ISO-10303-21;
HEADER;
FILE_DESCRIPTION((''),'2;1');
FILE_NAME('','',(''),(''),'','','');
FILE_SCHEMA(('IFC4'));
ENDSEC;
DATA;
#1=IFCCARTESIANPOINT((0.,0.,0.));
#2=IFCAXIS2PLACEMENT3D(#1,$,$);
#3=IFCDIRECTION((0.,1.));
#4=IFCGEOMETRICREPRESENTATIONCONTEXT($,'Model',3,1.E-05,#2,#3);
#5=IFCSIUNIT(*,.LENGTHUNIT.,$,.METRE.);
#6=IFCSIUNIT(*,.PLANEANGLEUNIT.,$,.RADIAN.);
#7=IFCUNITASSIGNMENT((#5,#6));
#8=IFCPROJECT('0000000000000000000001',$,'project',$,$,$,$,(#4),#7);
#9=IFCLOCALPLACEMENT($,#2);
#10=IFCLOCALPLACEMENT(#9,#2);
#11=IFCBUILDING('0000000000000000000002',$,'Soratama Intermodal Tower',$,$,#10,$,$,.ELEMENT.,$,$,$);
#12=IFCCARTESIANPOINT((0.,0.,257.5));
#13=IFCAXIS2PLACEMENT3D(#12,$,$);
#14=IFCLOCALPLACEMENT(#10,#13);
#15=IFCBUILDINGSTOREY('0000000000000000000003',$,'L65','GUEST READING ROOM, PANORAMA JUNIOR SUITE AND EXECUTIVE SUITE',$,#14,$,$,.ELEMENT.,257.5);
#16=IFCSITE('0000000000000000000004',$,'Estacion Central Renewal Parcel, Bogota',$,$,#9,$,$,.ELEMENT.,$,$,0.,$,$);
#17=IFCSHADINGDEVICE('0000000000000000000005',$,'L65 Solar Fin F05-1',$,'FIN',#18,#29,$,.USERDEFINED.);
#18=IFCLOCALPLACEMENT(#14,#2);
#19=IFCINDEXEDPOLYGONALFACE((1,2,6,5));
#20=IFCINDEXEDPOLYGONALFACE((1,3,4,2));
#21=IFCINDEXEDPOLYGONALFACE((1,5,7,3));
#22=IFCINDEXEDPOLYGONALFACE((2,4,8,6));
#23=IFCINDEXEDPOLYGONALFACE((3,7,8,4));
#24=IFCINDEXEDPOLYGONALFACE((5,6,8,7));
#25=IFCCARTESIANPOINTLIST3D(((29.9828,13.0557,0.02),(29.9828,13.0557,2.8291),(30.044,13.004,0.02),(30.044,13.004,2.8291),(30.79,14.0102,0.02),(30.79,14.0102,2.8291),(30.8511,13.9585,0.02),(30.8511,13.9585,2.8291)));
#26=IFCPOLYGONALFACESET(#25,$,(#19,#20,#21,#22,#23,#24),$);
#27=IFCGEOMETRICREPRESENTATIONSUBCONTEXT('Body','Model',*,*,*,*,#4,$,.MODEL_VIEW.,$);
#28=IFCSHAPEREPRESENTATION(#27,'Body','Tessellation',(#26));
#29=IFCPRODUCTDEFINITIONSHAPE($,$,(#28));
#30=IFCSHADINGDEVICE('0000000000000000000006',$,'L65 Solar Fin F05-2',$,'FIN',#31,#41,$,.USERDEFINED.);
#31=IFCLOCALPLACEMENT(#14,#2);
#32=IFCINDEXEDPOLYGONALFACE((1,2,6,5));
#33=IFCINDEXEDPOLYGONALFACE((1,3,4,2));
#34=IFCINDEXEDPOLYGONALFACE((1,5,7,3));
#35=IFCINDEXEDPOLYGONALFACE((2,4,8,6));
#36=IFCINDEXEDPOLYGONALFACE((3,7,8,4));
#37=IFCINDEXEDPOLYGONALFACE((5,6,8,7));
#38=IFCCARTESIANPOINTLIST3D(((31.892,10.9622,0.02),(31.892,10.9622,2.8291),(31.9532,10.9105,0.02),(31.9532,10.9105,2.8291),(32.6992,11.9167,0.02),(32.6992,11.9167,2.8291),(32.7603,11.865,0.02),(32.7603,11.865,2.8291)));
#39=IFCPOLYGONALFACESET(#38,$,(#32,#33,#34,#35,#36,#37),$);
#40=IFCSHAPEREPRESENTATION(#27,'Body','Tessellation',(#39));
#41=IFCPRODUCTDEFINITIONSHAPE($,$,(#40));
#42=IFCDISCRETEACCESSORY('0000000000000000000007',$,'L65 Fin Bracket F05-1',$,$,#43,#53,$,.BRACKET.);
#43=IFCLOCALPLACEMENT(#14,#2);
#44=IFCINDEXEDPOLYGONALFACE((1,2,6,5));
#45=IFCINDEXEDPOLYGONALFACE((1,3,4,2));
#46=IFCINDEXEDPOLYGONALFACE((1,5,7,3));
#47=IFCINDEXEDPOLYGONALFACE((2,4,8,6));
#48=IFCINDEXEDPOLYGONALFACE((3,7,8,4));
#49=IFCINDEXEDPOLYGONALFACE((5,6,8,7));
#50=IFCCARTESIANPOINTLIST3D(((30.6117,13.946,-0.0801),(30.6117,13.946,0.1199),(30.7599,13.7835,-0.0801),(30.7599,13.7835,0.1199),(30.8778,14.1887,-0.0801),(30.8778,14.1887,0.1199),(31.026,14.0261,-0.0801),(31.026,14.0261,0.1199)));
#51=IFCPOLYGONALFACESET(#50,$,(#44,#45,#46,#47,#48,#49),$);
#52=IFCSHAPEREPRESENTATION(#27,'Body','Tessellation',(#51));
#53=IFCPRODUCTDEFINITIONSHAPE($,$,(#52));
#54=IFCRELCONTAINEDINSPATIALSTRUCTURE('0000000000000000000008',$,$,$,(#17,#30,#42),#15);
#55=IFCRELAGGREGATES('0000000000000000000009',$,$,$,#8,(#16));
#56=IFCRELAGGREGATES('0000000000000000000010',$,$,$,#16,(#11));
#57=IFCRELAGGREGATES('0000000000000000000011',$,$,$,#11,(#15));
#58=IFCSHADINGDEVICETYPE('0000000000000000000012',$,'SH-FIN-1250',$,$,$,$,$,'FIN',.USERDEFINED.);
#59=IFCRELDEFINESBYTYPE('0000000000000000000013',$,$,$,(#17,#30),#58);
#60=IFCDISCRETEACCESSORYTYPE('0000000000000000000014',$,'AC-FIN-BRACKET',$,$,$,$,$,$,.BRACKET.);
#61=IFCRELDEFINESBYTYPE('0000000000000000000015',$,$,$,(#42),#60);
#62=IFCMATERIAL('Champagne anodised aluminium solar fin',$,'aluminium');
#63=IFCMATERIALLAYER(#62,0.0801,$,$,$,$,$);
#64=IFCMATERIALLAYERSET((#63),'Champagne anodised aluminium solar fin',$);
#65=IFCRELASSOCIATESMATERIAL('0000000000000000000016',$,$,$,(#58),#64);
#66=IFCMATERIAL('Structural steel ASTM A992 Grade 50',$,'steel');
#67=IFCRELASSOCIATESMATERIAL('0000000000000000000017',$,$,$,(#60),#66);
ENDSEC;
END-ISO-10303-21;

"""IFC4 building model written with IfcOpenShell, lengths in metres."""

from ifc_helpers import new_model, si_unit, direction, frame, origin, origin_2d, place, context, subcontext, project, spatial, rectangle, extrude, material, layer, layer_set, type_object, element, save


model = new_model("IFC4")

# Units and contexts
model_context = context("Model", 3, precision=1e-05, world=origin(), true_north=direction((0.0, 1.0)))
body_context = subcontext(model_context, "Body", "Model", "MODEL_VIEW")
ifc_project = project(units=[si_unit("LENGTHUNIT", "METRE"), si_unit("PLANEANGLEUNIT", "RADIAN")], contexts=[model_context])

# Site, building, storey
site_placement = place(None, origin())
site = spatial("IfcSite", under=ifc_project, at=site_placement, Name="Estacion Central Renewal Parcel, Bogota", CompositionType="ELEMENT", RefElevation=0.0)
building_placement = place(site_placement, origin())
building = spatial("IfcBuilding", under=site, at=building_placement, Name="Soratama Intermodal Tower", CompositionType="ELEMENT")
storey_placement = place(building_placement, frame((0.0, 0.0, 257.5)))
storey = spatial("IfcBuildingStorey", under=building, at=storey_placement, Name="L65", Description="GUEST READING ROOM, PANORAMA JUNIOR SUITE AND EXECUTIVE SUITE", CompositionType="ELEMENT", Elevation=257.5)

# Shading devices
ifc_material_1 = material(Name="Champagne anodised aluminium solar fin", Category="aluminium")
ifc_layer_1 = layer(ifc_material_1, 0.0801)
ifc_layer_set_1 = layer_set([ifc_layer_1], Name="Champagne anodised aluminium solar fin")
shading_device_type = type_object("IfcShadingDeviceType", Name="SH-FIN-1250", ElementType="FIN", PredefinedType="USERDEFINED", material=ifc_layer_set_1)
for number, where, z_axis, x_axis, name in (
    (1, (30.417, 13.5071, 0.02), (0.0, 0.0, 1.0), (-0.645724, -0.763571, 0.0), "L65 Solar Fin F05-1"),
    (2, (32.3262, 11.4136, 0.02), (0.0, 0.0, 1.0), (-0.645724, -0.763571, 0.0), "L65 Solar Fin F05-2"),
):
    element("IfcShadingDevice", number, at=place(storey_placement, frame(where, z_axis=z_axis, x_axis=x_axis)), inside=storey, type_object=shading_device_type, Name=name, ObjectType="FIN", PredefinedType="USERDEFINED", context=body_context, shape_type="SweptSolid", body=[
        extrude(rectangle(XDim=1.25, YDim=0.0801, at=origin_2d()), origin(), (0.0, 0.0, 1.0), 2.8091),
    ])

# Discrete accessory
ifc_material_2 = material(Name="Structural steel ASTM A992 Grade 50", Category="steel")
discrete_accessory_type = type_object("IfcDiscreteAccessoryType", Name="AC-FIN-BRACKET", PredefinedType="BRACKET", material=ifc_material_2)
discrete_accessory_placement = place(storey_placement, frame((30.8188, 13.9861, -0.0801), z_axis=(0.0, 0.0, 1.0), x_axis=(-0.738926, -0.673787, 0.0)))
element("IfcDiscreteAccessory", 3, at=discrete_accessory_placement, inside=storey, type_object=discrete_accessory_type, Name="L65 Fin Bracket F05-1", PredefinedType="BRACKET", context=body_context, shape_type="SweptSolid", body=[
    extrude(rectangle(XDim=0.3601, YDim=0.22, at=origin_2d()), origin(), (0.0, 0.0, 1.0), 0.2),
])

save(model, "model.ifc")
